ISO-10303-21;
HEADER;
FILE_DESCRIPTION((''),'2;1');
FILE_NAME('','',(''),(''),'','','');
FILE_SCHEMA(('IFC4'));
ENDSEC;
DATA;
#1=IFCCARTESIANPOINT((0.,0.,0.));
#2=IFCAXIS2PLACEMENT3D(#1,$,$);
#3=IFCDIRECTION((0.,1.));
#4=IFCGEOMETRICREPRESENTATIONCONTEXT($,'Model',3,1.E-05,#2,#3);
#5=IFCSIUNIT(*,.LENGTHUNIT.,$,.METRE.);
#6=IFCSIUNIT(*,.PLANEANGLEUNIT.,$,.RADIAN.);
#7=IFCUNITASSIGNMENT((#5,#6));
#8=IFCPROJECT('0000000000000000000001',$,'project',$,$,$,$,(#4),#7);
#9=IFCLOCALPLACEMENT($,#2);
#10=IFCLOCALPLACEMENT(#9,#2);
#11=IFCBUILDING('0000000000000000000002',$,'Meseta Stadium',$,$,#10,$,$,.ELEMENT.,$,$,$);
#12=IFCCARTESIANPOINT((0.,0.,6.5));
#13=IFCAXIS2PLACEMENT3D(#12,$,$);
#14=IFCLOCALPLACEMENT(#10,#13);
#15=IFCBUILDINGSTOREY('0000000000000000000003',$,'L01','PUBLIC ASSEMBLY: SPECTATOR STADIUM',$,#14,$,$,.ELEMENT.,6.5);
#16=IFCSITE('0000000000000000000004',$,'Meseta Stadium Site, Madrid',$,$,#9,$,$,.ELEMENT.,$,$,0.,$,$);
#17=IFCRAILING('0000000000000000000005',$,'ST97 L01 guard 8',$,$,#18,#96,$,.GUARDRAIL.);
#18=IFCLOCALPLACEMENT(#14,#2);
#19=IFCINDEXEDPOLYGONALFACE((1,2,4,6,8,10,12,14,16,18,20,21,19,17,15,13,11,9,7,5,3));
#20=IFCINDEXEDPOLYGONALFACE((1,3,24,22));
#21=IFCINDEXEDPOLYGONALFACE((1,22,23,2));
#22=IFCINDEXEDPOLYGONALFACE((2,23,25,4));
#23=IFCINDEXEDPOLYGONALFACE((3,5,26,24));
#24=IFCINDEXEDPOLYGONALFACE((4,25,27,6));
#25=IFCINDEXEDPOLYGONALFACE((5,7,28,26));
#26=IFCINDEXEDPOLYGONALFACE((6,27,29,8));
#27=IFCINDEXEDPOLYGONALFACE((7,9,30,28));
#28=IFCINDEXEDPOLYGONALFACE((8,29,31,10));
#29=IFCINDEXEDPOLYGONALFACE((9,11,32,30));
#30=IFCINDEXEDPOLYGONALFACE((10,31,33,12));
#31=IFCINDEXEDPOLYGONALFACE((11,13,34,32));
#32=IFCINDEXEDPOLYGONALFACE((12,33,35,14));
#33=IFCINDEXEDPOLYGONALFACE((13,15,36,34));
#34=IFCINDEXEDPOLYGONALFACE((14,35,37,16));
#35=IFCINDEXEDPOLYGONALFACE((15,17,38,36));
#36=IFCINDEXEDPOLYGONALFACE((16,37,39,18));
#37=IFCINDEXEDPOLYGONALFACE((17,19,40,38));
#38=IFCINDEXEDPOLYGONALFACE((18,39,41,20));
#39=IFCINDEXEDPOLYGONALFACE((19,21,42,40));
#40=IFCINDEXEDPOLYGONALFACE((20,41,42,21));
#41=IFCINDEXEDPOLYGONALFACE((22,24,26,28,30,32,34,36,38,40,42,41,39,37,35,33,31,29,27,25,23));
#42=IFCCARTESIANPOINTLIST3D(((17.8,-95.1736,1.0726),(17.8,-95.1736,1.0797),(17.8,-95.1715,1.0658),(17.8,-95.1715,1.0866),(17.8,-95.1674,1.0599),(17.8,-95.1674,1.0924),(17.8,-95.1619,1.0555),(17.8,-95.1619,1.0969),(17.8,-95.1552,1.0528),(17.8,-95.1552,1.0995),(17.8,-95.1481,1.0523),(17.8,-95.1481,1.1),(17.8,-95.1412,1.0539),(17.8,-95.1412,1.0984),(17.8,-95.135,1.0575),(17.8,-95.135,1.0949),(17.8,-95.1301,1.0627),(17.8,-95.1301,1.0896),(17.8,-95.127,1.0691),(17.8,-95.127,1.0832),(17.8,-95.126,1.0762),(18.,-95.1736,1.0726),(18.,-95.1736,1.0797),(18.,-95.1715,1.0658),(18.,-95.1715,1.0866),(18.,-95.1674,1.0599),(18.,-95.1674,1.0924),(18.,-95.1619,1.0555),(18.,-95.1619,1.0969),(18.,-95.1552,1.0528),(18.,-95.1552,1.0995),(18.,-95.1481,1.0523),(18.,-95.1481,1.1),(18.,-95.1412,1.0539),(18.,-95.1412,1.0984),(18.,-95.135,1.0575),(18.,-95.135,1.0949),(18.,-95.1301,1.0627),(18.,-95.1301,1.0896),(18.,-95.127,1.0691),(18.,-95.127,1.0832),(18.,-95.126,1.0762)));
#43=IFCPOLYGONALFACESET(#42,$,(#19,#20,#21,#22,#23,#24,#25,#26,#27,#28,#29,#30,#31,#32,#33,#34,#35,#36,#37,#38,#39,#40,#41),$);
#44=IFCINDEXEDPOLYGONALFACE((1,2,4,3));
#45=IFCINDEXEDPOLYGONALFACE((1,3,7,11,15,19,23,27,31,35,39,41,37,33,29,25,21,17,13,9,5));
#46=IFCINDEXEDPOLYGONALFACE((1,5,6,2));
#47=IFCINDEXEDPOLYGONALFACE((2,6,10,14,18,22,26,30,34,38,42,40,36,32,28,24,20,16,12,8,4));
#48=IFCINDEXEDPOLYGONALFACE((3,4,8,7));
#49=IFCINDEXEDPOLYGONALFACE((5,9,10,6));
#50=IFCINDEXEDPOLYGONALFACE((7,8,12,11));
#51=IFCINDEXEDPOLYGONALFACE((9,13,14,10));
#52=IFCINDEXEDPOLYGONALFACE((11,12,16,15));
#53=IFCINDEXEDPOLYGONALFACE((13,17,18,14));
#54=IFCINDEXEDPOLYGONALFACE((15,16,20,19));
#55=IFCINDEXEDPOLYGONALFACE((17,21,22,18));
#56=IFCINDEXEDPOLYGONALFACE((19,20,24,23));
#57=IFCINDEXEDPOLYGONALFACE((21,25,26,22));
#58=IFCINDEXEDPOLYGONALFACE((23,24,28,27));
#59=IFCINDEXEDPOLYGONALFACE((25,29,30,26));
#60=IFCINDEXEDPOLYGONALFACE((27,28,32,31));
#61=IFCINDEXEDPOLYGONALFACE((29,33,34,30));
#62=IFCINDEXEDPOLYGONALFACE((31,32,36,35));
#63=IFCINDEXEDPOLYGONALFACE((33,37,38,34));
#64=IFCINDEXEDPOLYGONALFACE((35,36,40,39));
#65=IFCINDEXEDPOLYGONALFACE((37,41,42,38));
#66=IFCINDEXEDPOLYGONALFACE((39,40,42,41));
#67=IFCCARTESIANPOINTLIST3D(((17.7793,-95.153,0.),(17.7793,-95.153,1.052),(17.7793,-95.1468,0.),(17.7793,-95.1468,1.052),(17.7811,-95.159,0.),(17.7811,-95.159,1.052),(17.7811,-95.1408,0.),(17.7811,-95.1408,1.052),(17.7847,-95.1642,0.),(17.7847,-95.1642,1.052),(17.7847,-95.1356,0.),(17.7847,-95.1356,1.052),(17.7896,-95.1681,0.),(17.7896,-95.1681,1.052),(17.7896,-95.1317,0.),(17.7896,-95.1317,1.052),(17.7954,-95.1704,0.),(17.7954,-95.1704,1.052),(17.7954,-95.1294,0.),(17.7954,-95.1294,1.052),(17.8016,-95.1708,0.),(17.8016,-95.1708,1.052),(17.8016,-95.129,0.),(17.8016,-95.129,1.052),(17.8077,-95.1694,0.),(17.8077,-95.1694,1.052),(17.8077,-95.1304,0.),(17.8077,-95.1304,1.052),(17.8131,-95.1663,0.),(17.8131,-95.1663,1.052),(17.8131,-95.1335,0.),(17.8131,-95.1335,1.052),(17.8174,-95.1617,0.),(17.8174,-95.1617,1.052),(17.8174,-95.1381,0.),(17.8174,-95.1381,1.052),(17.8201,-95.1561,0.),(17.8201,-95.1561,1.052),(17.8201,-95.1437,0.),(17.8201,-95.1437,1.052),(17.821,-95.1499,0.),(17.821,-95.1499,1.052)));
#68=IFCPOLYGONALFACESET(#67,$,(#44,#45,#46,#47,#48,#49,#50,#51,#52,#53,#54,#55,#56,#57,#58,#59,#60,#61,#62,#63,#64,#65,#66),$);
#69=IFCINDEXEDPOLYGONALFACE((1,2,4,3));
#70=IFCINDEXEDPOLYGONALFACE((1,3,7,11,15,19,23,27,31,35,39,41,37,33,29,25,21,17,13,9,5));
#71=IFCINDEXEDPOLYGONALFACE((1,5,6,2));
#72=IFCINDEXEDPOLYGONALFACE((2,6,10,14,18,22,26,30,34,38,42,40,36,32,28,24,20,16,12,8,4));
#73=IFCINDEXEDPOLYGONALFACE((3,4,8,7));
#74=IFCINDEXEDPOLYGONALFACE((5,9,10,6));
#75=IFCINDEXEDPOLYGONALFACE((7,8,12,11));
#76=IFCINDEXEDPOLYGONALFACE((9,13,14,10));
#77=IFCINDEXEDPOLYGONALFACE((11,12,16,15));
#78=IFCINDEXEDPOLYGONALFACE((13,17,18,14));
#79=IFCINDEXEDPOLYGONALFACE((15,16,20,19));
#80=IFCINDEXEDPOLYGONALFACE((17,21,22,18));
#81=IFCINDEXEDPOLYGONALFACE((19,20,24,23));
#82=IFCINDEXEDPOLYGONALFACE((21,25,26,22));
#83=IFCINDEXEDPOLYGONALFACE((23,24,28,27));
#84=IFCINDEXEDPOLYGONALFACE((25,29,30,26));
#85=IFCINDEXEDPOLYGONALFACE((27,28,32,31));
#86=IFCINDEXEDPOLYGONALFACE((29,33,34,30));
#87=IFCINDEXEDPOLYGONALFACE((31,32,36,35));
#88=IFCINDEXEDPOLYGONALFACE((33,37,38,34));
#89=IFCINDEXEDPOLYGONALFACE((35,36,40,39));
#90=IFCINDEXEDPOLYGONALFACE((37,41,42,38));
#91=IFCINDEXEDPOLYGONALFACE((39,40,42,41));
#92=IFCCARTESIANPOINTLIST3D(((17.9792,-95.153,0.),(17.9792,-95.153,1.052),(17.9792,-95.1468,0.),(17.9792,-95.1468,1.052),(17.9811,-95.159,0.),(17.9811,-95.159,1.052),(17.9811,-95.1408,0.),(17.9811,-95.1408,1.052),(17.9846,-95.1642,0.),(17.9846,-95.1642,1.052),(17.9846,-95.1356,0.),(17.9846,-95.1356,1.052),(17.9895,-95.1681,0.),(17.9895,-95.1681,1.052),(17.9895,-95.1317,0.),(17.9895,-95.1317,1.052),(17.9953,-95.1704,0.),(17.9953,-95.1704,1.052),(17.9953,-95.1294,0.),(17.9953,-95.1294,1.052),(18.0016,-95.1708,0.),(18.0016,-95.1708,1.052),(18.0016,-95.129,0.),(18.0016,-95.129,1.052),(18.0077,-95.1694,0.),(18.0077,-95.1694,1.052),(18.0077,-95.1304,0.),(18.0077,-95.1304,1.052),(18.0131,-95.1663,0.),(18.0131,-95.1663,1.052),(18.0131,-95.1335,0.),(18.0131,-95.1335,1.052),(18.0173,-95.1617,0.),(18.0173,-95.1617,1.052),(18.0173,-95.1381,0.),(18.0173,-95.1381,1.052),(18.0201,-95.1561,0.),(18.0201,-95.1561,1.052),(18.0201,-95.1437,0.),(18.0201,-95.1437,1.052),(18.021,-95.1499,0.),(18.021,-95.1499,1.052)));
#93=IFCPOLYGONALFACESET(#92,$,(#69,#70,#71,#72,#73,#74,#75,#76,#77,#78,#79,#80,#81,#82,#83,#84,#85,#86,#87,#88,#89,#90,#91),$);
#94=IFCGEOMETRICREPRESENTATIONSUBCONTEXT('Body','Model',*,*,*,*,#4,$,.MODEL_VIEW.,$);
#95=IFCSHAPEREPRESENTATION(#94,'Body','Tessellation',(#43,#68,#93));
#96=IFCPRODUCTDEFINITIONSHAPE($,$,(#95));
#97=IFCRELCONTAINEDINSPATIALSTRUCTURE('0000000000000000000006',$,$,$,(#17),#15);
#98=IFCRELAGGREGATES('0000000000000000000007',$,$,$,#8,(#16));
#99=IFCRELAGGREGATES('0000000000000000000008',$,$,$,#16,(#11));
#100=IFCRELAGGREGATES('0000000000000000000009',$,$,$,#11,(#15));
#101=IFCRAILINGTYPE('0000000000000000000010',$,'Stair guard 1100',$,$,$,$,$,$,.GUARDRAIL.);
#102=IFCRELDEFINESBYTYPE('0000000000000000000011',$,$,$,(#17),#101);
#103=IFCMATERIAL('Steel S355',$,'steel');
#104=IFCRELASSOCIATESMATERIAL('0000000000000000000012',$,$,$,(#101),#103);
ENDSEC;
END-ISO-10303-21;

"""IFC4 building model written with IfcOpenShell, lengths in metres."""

from ifc_helpers import new_model, si_unit, direction, frame, origin, origin_2d, place, context, subcontext, project, spatial, circle, extrude, material, type_object, element, save


model = new_model("IFC4")

# Units and contexts
model_context = context("Model", 3, precision=1e-05, world=origin(), true_north=direction((0.0, 1.0)))
body_context = subcontext(model_context, "Body", "Model", "MODEL_VIEW")
ifc_project = project(units=[si_unit("LENGTHUNIT", "METRE"), si_unit("PLANEANGLEUNIT", "RADIAN")], contexts=[model_context])

# Site, building, storey
site_placement = place(None, origin())
site = spatial("IfcSite", under=ifc_project, at=site_placement, Name="Meseta Stadium Site, Madrid", CompositionType="ELEMENT", RefElevation=0.0)
building_placement = place(site_placement, origin())
building = spatial("IfcBuilding", under=site, at=building_placement, Name="Meseta Stadium", CompositionType="ELEMENT")
storey_placement = place(building_placement, frame((0.0, 0.0, 6.5)))
storey = spatial("IfcBuildingStorey", under=building, at=storey_placement, Name="L01", Description="PUBLIC ASSEMBLY: SPECTATOR STADIUM", CompositionType="ELEMENT", Elevation=6.5)

# Railing
ifc_material_1 = material(Name="Steel S355", Category="steel")
railing_type_1 = type_object("IfcRailingType", Name="Stair guard 1100", PredefinedType="GUARDRAIL", material=ifc_material_1)
railing_1_placement = place(storey_placement, frame((17.8, -95.1499, 0.0)))
element("IfcRailing", 1, at=railing_1_placement, inside=storey, type_object=railing_type_1, Name="ST97 L01 guard 8", PredefinedType="GUARDRAIL", context=body_context, shape_type="SweptSolid", body=[
    extrude(circle(Radius=0.0239, at=origin_2d()), frame((0.0, 0.0, 1.0762), z_axis=(1.0, 0.0, 0.0), x_axis=(0.0, 1.0, 0.0)), (0.0, 0.0, 1.0), 0.2),
    extrude(circle(Radius=0.021, at=origin_2d()), origin(), (0.0, 0.0, 1.0), 1.052),
    extrude(circle(Radius=0.021, at=origin_2d()), frame((0.2, 0.0, 0.0)), (0.0, 0.0, 1.0), 1.052),
])

save(model, "model.ifc")
